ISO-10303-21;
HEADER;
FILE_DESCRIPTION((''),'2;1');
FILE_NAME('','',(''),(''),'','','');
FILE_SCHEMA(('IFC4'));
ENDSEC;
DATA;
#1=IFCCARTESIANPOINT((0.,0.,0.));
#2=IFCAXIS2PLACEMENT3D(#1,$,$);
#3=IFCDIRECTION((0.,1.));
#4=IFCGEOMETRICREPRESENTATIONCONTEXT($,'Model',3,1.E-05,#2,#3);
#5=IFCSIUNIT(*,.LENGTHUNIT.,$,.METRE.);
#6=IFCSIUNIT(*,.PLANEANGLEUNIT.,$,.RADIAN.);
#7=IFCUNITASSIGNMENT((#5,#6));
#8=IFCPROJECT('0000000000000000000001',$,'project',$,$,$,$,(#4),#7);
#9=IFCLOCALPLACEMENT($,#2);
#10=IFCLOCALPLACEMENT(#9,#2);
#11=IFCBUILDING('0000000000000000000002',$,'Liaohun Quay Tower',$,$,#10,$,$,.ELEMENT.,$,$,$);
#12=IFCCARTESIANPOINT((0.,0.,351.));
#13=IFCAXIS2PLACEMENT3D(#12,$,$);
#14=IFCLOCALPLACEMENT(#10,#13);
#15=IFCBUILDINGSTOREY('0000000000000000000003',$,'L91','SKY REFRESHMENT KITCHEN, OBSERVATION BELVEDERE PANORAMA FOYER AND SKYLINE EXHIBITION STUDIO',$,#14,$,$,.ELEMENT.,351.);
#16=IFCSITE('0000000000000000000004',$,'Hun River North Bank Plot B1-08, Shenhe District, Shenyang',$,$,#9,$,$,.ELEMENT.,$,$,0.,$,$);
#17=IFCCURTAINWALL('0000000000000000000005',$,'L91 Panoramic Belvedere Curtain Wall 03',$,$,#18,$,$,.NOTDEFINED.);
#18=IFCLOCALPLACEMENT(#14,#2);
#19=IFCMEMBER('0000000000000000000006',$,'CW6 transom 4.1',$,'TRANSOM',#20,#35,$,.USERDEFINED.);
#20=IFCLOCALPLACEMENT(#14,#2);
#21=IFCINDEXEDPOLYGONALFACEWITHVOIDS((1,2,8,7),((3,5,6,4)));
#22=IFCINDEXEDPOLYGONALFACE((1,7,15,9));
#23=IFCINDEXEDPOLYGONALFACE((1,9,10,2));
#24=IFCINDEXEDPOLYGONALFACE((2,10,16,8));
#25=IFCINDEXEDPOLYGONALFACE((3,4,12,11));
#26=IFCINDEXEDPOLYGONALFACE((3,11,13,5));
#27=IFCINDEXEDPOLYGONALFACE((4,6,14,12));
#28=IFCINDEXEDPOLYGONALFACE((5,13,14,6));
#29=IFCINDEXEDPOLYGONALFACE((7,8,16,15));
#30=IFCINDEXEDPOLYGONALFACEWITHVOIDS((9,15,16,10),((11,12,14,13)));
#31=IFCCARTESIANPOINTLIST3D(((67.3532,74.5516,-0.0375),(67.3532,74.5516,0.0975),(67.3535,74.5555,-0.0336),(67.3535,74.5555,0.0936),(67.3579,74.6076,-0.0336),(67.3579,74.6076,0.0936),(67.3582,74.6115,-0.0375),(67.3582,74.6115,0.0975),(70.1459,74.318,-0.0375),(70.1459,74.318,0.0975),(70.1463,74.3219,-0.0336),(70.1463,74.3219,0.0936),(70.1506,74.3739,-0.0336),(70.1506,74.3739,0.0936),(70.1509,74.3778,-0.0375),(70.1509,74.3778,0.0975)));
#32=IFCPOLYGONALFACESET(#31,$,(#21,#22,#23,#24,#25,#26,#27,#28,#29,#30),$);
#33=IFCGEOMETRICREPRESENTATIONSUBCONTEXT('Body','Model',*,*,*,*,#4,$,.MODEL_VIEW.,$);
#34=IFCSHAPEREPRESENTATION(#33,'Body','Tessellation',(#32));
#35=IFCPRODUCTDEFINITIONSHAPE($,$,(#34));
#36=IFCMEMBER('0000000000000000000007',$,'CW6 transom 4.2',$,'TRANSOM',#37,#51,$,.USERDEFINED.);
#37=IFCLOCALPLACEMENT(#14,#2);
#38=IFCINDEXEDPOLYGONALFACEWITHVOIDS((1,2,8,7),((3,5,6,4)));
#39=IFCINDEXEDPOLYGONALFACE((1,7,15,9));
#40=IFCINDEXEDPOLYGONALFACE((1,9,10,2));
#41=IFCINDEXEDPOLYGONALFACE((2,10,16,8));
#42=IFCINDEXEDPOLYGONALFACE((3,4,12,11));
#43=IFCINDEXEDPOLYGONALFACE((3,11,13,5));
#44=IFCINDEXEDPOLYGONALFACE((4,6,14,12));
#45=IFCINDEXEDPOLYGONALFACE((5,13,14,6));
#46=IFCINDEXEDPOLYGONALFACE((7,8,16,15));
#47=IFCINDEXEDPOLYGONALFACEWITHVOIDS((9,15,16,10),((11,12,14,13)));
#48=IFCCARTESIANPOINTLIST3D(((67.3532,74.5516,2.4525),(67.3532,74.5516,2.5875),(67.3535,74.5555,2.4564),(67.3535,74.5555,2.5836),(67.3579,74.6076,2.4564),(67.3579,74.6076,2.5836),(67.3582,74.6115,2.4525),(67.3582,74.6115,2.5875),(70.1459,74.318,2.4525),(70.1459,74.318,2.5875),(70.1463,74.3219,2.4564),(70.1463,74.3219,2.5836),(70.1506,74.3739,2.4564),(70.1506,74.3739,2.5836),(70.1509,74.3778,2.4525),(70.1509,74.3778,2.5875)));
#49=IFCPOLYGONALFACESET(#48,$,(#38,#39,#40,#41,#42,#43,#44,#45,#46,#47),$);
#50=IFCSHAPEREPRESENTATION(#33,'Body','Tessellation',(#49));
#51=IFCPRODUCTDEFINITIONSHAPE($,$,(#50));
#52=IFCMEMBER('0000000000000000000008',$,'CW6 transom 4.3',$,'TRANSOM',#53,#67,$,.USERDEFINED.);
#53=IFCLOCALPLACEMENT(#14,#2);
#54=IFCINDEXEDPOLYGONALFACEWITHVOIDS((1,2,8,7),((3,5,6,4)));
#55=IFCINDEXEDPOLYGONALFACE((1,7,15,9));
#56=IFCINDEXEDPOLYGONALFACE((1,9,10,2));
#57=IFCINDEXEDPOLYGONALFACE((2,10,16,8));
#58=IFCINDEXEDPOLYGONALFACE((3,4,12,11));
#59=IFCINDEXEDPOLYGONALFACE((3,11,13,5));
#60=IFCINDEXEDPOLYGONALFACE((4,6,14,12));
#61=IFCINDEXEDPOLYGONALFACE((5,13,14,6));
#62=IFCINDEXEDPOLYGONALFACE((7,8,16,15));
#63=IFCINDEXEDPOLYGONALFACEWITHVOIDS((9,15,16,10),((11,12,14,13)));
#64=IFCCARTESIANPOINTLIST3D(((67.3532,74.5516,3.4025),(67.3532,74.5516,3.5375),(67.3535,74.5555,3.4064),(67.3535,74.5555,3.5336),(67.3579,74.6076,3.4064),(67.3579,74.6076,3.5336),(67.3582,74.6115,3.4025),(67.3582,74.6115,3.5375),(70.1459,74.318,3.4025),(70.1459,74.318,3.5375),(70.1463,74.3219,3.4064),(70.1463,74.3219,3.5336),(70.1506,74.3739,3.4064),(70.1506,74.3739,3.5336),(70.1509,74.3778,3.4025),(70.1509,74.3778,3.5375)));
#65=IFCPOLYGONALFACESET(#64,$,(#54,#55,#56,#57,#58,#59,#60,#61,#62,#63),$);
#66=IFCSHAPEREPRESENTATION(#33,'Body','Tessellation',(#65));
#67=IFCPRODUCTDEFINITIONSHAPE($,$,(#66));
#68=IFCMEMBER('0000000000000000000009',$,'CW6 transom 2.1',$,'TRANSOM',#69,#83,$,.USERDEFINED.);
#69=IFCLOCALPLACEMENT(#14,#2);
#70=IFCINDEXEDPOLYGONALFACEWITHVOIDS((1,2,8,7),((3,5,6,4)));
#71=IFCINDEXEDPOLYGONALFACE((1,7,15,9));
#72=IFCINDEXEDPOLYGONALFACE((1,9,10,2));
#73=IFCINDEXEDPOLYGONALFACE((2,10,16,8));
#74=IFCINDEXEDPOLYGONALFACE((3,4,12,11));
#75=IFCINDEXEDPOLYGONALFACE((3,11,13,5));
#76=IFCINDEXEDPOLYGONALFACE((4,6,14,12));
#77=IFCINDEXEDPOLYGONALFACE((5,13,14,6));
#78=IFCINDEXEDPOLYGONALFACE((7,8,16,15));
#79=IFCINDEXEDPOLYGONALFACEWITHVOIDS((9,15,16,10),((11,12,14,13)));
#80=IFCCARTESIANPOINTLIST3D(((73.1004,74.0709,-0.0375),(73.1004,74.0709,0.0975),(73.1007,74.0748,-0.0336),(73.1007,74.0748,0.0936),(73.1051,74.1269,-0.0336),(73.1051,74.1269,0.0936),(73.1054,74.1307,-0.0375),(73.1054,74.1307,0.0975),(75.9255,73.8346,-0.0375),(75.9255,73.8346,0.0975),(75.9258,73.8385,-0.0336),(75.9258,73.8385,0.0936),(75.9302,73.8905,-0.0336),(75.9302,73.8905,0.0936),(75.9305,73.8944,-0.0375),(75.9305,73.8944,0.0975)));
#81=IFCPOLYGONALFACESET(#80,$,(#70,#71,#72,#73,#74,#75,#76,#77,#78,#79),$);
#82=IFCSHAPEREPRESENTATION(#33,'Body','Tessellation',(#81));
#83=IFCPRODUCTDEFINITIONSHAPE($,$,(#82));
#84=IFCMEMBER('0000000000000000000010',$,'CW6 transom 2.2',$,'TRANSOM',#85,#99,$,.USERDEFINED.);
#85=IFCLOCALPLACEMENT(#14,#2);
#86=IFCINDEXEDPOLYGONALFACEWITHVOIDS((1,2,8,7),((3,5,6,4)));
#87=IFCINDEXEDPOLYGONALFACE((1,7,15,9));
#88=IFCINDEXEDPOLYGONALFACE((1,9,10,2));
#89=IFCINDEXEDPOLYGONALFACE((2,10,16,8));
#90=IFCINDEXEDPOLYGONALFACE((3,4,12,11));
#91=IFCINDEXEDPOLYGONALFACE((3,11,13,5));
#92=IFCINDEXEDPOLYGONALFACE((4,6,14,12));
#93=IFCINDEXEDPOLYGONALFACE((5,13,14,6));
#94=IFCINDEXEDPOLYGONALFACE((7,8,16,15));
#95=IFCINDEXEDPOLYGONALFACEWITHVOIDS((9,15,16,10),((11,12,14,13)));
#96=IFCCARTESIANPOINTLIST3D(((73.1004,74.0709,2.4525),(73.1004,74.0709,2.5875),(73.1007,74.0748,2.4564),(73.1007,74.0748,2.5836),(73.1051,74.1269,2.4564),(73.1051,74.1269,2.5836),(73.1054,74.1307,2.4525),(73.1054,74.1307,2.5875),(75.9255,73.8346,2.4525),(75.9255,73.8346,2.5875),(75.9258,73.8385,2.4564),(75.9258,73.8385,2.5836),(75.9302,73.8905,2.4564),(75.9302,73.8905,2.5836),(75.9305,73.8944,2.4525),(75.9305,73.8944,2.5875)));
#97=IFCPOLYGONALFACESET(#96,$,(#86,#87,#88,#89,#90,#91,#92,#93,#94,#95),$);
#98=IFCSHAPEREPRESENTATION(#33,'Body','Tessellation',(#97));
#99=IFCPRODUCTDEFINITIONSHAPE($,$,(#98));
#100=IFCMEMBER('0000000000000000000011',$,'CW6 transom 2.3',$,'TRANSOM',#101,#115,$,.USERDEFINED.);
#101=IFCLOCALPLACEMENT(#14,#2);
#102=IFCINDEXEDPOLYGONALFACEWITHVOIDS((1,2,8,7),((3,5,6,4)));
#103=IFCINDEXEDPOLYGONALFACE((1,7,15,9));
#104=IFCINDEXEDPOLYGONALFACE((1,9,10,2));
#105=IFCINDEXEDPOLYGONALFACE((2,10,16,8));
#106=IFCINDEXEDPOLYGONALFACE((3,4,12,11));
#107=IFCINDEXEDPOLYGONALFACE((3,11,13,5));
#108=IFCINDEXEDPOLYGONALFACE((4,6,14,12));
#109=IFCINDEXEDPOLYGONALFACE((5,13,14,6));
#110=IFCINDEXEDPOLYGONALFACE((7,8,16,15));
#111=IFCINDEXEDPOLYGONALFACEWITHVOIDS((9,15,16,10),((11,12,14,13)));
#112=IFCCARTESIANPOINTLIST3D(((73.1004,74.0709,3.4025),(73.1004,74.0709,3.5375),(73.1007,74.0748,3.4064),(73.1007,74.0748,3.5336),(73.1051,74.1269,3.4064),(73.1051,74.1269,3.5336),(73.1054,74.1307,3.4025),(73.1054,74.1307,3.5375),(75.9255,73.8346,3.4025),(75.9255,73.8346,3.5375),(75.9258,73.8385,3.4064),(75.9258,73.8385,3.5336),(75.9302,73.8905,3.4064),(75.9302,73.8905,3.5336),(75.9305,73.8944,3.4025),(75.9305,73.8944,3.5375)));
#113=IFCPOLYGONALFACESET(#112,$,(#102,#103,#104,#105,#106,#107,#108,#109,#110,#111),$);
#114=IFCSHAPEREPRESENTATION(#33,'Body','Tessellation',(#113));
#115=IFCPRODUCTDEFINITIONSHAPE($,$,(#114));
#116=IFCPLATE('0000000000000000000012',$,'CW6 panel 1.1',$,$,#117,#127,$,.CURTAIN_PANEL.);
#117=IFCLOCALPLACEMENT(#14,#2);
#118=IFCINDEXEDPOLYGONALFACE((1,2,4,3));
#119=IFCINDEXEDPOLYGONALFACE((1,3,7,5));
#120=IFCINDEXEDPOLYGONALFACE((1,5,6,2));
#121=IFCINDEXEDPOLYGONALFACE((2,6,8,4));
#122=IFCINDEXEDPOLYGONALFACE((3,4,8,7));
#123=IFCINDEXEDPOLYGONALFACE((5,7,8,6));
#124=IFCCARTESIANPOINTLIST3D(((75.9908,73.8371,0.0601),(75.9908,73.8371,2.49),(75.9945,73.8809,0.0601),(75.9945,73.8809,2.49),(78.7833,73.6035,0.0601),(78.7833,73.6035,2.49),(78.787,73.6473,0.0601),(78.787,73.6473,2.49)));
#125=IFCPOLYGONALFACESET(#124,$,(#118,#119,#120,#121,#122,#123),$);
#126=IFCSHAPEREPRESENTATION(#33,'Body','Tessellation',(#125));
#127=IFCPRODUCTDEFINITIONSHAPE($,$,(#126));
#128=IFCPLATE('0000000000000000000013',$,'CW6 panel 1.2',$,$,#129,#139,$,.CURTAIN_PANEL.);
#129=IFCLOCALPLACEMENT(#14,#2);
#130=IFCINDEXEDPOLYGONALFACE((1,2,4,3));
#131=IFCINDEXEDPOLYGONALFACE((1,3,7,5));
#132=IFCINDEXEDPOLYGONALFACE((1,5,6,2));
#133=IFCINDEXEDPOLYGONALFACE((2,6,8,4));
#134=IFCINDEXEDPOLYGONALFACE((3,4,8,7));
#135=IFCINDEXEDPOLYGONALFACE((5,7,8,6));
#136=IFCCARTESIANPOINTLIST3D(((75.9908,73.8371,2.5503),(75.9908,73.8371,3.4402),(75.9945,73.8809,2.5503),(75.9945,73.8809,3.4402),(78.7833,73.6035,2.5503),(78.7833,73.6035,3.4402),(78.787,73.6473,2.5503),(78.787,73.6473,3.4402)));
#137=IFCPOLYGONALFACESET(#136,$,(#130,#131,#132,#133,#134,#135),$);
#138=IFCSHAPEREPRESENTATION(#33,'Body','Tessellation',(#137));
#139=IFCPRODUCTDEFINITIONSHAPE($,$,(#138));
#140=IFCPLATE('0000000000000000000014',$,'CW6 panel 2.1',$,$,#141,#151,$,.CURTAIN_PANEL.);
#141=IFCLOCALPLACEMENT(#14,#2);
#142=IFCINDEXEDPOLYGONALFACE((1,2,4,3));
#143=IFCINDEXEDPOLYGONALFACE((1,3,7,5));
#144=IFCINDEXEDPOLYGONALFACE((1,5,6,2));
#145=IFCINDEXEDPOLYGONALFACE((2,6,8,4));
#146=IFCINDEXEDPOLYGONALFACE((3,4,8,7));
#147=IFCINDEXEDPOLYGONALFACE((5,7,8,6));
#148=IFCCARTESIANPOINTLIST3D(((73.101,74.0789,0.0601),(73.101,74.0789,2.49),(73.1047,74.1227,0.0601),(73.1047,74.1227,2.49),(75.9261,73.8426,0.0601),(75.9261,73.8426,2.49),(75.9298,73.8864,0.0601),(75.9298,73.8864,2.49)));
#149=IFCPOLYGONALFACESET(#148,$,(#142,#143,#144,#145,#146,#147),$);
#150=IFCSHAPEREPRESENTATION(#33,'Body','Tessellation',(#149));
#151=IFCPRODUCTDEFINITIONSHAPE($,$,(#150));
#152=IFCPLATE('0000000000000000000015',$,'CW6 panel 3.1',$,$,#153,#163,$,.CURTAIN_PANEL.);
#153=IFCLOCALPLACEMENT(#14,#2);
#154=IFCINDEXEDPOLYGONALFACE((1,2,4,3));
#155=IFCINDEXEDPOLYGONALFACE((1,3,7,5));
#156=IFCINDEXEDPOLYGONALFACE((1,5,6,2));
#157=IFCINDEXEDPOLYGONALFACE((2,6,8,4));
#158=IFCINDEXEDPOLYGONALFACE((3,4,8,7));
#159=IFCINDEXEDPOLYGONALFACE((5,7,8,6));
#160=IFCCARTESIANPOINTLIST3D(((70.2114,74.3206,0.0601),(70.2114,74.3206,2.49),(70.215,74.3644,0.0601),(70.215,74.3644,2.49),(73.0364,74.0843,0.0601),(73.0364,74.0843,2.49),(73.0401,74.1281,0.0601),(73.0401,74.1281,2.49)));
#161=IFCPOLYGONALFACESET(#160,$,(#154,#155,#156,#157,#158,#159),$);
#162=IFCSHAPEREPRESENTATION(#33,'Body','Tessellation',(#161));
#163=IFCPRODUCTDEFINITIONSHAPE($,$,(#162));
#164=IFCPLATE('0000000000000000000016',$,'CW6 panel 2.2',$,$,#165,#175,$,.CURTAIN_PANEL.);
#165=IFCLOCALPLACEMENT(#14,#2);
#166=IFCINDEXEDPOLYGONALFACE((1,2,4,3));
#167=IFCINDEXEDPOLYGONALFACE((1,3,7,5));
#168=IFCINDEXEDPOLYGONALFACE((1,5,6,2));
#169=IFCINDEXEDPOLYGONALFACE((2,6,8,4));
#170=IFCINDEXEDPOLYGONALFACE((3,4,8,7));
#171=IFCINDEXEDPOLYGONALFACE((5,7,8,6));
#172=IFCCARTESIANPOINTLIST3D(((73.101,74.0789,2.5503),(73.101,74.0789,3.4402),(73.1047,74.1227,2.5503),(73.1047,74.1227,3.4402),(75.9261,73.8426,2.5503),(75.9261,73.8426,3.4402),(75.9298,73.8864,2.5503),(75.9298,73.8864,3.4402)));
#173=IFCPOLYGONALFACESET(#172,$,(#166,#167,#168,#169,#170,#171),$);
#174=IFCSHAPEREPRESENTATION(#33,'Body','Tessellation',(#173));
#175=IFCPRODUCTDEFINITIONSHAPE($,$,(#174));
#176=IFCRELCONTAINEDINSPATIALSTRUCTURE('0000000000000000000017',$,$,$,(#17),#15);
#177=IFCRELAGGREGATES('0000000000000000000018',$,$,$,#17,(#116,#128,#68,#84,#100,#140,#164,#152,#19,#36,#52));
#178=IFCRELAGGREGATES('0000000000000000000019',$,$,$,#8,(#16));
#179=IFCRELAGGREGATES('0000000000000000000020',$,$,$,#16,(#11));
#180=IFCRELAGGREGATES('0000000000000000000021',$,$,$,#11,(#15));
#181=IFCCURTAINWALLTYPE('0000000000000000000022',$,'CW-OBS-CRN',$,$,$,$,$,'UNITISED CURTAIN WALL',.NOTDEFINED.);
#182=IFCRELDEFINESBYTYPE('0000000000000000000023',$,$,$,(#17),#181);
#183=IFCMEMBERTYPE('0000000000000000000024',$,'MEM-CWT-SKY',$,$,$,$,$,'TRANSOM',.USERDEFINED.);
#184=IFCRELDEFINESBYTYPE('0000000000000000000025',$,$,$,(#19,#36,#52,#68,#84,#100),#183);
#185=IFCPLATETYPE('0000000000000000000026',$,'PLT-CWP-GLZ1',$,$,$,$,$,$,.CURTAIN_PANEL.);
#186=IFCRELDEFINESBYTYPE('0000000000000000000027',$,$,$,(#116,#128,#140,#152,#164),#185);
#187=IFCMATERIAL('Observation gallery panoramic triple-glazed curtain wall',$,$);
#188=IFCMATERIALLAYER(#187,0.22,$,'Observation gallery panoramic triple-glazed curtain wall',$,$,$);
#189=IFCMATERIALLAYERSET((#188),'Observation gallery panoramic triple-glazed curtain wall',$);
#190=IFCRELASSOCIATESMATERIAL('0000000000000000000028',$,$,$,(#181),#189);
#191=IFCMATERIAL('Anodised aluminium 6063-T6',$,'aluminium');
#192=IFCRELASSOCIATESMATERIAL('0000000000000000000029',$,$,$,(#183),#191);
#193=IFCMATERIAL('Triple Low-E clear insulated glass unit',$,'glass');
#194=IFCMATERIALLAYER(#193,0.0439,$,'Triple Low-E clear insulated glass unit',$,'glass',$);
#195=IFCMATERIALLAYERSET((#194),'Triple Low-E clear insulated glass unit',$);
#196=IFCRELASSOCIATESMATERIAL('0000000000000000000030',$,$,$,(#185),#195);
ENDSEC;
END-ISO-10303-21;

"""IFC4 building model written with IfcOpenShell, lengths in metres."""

from ifc_helpers import new_model, si_unit, direction, frame, origin, origin_2d, place, context, subcontext, project, spatial, rectangle, hollow_rectangle, extrude, source, transform, mapped, material, layer, layer_set, material_profile, profile_set, type_object, element, aggregate, save


model = new_model("IFC4")

# Units and contexts
model_context = context("Model", 3, precision=1e-05, world=origin(), true_north=direction((0.0, 1.0)))
body_context = subcontext(model_context, "Body", "Model", "MODEL_VIEW")
ifc_project = project(units=[si_unit("LENGTHUNIT", "METRE"), si_unit("PLANEANGLEUNIT", "RADIAN")], contexts=[model_context])

# Site, building, storey
site_placement = place(None, origin())
site = spatial("IfcSite", under=ifc_project, at=site_placement, Name="Hun River North Bank Plot B1-08, Shenhe District, Shenyang", CompositionType="ELEMENT", RefElevation=0.0)
building_placement = place(site_placement, origin())
building = spatial("IfcBuilding", under=site, at=building_placement, Name="Liaohun Quay Tower", CompositionType="ELEMENT")
storey_placement = place(building_placement, frame((0.0, 0.0, 351.0)))
storey = spatial("IfcBuildingStorey", under=building, at=storey_placement, Name="L91", Description="SKY REFRESHMENT KITCHEN, OBSERVATION BELVEDERE PANORAMA FOYER AND SKYLINE EXHIBITION STUDIO", CompositionType="ELEMENT", Elevation=351.0)

# Curtain wall, members, plates
ifc_material_1 = material(Name="Observation gallery panoramic triple-glazed curtain wall")
ifc_layer_1 = layer(ifc_material_1, 0.22, Name="Observation gallery panoramic triple-glazed curtain wall")
ifc_layer_set_1 = layer_set([ifc_layer_1], Name="Observation gallery panoramic triple-glazed curtain wall")
curtain_wall_type = type_object("IfcCurtainWallType", Name="CW-OBS-CRN", ElementType="UNITISED CURTAIN WALL", PredefinedType="NOTDEFINED", material=ifc_layer_set_1)
curtain_wall_placement = place(storey_placement, origin())
curtain_wall = element("IfcCurtainWall", 1, at=curtain_wall_placement, inside=storey, type_object=curtain_wall_type, Name="L91 Panoramic Belvedere Curtain Wall 03", PredefinedType="NOTDEFINED")
ifc_material_2 = material(Name="Anodised aluminium 6063-T6", Category="aluminium")
ifc_material_profile_1 = material_profile(ifc_material_2, hollow_rectangle(XDim=0.0601, YDim=0.135, WallThickness=0.0039, at=origin_2d()), Name="RHS135x60x4")
ifc_profile_set_1 = profile_set([ifc_material_profile_1], Name="Anodised aluminium 6063-T6")
member_type_1 = type_object("IfcMemberType", Name="MEM-CWT-SKY", ElementType="TRANSOM", PredefinedType="USERDEFINED", material=ifc_profile_set_1)
shared_shape_1 = source(origin(), body_context, "Body", "SweptSolid", [
    extrude(hollow_rectangle(XDim=0.0601, YDim=0.135, WallThickness=0.0039, at=origin_2d()), origin(), (0.0, 0.0, 1.0), 2.8025),
])
member_1_placement = place(storey_placement, frame((70.1484, 74.3479, 0.03), z_axis=(-0.996519, 0.08337, 0.0), x_axis=(-0.08337, -0.996519, 0.0)))
member_1 = element("IfcMember", 2, at=member_1_placement, type_object=member_type_1, Name="CW6 transom 4.1", ObjectType="TRANSOM", PredefinedType="USERDEFINED", context=body_context, shape_type="MappedRepresentation", body=[
    mapped(shared_shape_1, transform((0.0, 0.0, 0.0), x_axis=(1.0, 0.0, 0.0), y_axis=(0.0, 1.0, 0.0), z_axis=(0.0, 0.0, 1.0), scale=1.0)),
])
member_2_placement = place(storey_placement, frame((70.1484, 74.3479, 2.52), z_axis=(-0.996519, 0.08337, 0.0), x_axis=(-0.08337, -0.996519, 0.0)))
member_2 = element("IfcMember", 3, at=member_2_placement, type_object=member_type_1, Name="CW6 transom 4.2", ObjectType="TRANSOM", PredefinedType="USERDEFINED", context=body_context, shape_type="MappedRepresentation", body=[
    mapped(shared_shape_1, transform((0.0, 0.0, 0.0), x_axis=(1.0, 0.0, 0.0), y_axis=(0.0, 1.0, 0.0), z_axis=(0.0, 0.0, 1.0), scale=1.0)),
])
member_3_placement = place(storey_placement, frame((70.1484, 74.3479, 3.47), z_axis=(-0.996519, 0.08337, 0.0), x_axis=(-0.08337, -0.996519, 0.0)))
member_3 = element("IfcMember", 4, at=member_3_placement, type_object=member_type_1, Name="CW6 transom 4.3", ObjectType="TRANSOM", PredefinedType="USERDEFINED", context=body_context, shape_type="MappedRepresentation", body=[
    mapped(shared_shape_1, transform((0.0, 0.0, 0.0), x_axis=(1.0, 0.0, 0.0), y_axis=(0.0, 1.0, 0.0), z_axis=(0.0, 0.0, 1.0), scale=1.0)),
])
shared_shape_2 = source(origin(), body_context, "Body", "SweptSolid", [
    extrude(hollow_rectangle(XDim=0.0601, YDim=0.135, WallThickness=0.0039, at=origin_2d()), origin(), (0.0, 0.0, 1.0), 2.835),
])
member_4_placement = place(storey_placement, frame((75.928, 73.8645, 0.03), z_axis=(-0.99652, 0.083359, 0.0), x_axis=(-0.083359, -0.99652, 0.0)))
member_4 = element("IfcMember", 5, at=member_4_placement, type_object=member_type_1, Name="CW6 transom 2.1", ObjectType="TRANSOM", PredefinedType="USERDEFINED", context=body_context, shape_type="MappedRepresentation", body=[
    mapped(shared_shape_2, transform((0.0, 0.0, 0.0), x_axis=(1.0, 0.0, 0.0), y_axis=(0.0, 1.0, 0.0), z_axis=(0.0, 0.0, 1.0), scale=1.0)),
])
member_5_placement = place(storey_placement, frame((75.928, 73.8645, 2.52), z_axis=(-0.99652, 0.083359, 0.0), x_axis=(-0.083359, -0.99652, 0.0)))
member_5 = element("IfcMember", 6, at=member_5_placement, type_object=member_type_1, Name="CW6 transom 2.2", ObjectType="TRANSOM", PredefinedType="USERDEFINED", context=body_context, shape_type="MappedRepresentation", body=[
    mapped(shared_shape_2, transform((0.0, 0.0, 0.0), x_axis=(1.0, 0.0, 0.0), y_axis=(0.0, 1.0, 0.0), z_axis=(0.0, 0.0, 1.0), scale=1.0)),
])
member_6_placement = place(storey_placement, frame((75.928, 73.8645, 3.47), z_axis=(-0.99652, 0.083359, 0.0), x_axis=(-0.083359, -0.99652, 0.0)))
member_6 = element("IfcMember", 7, at=member_6_placement, type_object=member_type_1, Name="CW6 transom 2.3", ObjectType="TRANSOM", PredefinedType="USERDEFINED", context=body_context, shape_type="MappedRepresentation", body=[
    mapped(shared_shape_2, transform((0.0, 0.0, 0.0), x_axis=(1.0, 0.0, 0.0), y_axis=(0.0, 1.0, 0.0), z_axis=(0.0, 0.0, 1.0), scale=1.0)),
])
ifc_material_3 = material(Name="Triple Low-E clear insulated glass unit", Category="glass")
ifc_layer_2 = layer(ifc_material_3, 0.0439, Name="Triple Low-E clear insulated glass unit", Category="glass")
ifc_layer_set_2 = layer_set([ifc_layer_2], Name="Triple Low-E clear insulated glass unit")
plate_type = type_object("IfcPlateType", Name="PLT-CWP-GLZ1", PredefinedType="CURTAIN_PANEL", material=ifc_layer_set_2)
shared_shape_3 = source(origin(), body_context, "Body", "SweptSolid", [
    extrude(rectangle(XDim=2.8022, YDim=0.0439, at=origin_2d()), origin(), (0.0, 0.0, 1.0), 2.4299),
])
plate_1_placement = place(storey_placement, frame((77.3889, 73.7422, 0.0601), z_axis=(0.0, 0.0, 1.0), x_axis=(-0.996519, 0.083367, 0.0)))
plate_1 = element("IfcPlate", 8, at=plate_1_placement, type_object=plate_type, Name="CW6 panel 1.1", PredefinedType="CURTAIN_PANEL", context=body_context, shape_type="MappedRepresentation", body=[
    mapped(shared_shape_3, transform((0.0, 0.0, 0.0), x_axis=(1.0, 0.0, 0.0), y_axis=(0.0, 1.0, 0.0), z_axis=(0.0, 0.0, 1.0), scale=1.0)),
])
shared_shape_4 = source(origin(), body_context, "Body", "SweptSolid", [
    extrude(rectangle(XDim=2.8022, YDim=0.0439, at=origin_2d()), origin(), (0.0, 0.0, 1.0), 0.8899),
])
plate_2_placement = place(storey_placement, frame((77.3889, 73.7422, 2.5503), z_axis=(0.0, 0.0, 1.0), x_axis=(-0.996519, 0.083367, 0.0)))
plate_2 = element("IfcPlate", 9, at=plate_2_placement, type_object=plate_type, Name="CW6 panel 1.2", PredefinedType="CURTAIN_PANEL", context=body_context, shape_type="MappedRepresentation", body=[
    mapped(shared_shape_4, transform((0.0, 0.0, 0.0), x_axis=(1.0, 0.0, 0.0), y_axis=(0.0, 1.0, 0.0), z_axis=(0.0, 0.0, 1.0), scale=1.0)),
])
shared_shape_5 = source(origin(), body_context, "Body", "SweptSolid", [
    extrude(rectangle(XDim=2.835, YDim=0.0439, at=origin_2d()), origin(), (0.0, 0.0, 1.0), 2.4299),
])
plate_3_placement = place(storey_placement, frame((74.5154, 73.9827, 0.0601), z_axis=(0.0, 0.0, 1.0), x_axis=(-0.996519, 0.083367, 0.0)))
plate_3 = element("IfcPlate", 10, at=plate_3_placement, type_object=plate_type, Name="CW6 panel 2.1", PredefinedType="CURTAIN_PANEL", context=body_context, shape_type="MappedRepresentation", body=[
    mapped(shared_shape_5, transform((0.0, 0.0, 0.0), x_axis=(1.0, 0.0, 0.0), y_axis=(0.0, 1.0, 0.0), z_axis=(0.0, 0.0, 1.0), scale=1.0)),
])
plate_4_placement = place(storey_placement, frame((71.6257, 74.2244, 0.0601), z_axis=(0.0, 0.0, 1.0), x_axis=(-0.996519, 0.083367, 0.0)))
plate_4 = element("IfcPlate", 11, at=plate_4_placement, type_object=plate_type, Name="CW6 panel 3.1", PredefinedType="CURTAIN_PANEL", context=body_context, shape_type="MappedRepresentation", body=[
    mapped(shared_shape_5, transform((0.0, 0.0, 0.0), x_axis=(1.0, 0.0, 0.0), y_axis=(0.0, 1.0, 0.0), z_axis=(0.0, 0.0, 1.0), scale=1.0)),
])
shared_shape_6 = source(origin(), body_context, "Body", "SweptSolid", [
    extrude(rectangle(XDim=2.835, YDim=0.0439, at=origin_2d()), origin(), (0.0, 0.0, 1.0), 0.8899),
])
plate_5_placement = place(storey_placement, frame((74.5154, 73.9827, 2.5503), z_axis=(0.0, 0.0, 1.0), x_axis=(-0.996519, 0.083367, 0.0)))
plate_5 = element("IfcPlate", 12, at=plate_5_placement, type_object=plate_type, Name="CW6 panel 2.2", PredefinedType="CURTAIN_PANEL", context=body_context, shape_type="MappedRepresentation", body=[
    mapped(shared_shape_6, transform((0.0, 0.0, 0.0), x_axis=(1.0, 0.0, 0.0), y_axis=(0.0, 1.0, 0.0), z_axis=(0.0, 0.0, 1.0), scale=1.0)),
])
aggregate(curtain_wall, [plate_1, plate_2, member_4, member_5, member_6, plate_3, plate_5, plate_4, member_1, member_2, member_3])

save(model, "model.ifc")
